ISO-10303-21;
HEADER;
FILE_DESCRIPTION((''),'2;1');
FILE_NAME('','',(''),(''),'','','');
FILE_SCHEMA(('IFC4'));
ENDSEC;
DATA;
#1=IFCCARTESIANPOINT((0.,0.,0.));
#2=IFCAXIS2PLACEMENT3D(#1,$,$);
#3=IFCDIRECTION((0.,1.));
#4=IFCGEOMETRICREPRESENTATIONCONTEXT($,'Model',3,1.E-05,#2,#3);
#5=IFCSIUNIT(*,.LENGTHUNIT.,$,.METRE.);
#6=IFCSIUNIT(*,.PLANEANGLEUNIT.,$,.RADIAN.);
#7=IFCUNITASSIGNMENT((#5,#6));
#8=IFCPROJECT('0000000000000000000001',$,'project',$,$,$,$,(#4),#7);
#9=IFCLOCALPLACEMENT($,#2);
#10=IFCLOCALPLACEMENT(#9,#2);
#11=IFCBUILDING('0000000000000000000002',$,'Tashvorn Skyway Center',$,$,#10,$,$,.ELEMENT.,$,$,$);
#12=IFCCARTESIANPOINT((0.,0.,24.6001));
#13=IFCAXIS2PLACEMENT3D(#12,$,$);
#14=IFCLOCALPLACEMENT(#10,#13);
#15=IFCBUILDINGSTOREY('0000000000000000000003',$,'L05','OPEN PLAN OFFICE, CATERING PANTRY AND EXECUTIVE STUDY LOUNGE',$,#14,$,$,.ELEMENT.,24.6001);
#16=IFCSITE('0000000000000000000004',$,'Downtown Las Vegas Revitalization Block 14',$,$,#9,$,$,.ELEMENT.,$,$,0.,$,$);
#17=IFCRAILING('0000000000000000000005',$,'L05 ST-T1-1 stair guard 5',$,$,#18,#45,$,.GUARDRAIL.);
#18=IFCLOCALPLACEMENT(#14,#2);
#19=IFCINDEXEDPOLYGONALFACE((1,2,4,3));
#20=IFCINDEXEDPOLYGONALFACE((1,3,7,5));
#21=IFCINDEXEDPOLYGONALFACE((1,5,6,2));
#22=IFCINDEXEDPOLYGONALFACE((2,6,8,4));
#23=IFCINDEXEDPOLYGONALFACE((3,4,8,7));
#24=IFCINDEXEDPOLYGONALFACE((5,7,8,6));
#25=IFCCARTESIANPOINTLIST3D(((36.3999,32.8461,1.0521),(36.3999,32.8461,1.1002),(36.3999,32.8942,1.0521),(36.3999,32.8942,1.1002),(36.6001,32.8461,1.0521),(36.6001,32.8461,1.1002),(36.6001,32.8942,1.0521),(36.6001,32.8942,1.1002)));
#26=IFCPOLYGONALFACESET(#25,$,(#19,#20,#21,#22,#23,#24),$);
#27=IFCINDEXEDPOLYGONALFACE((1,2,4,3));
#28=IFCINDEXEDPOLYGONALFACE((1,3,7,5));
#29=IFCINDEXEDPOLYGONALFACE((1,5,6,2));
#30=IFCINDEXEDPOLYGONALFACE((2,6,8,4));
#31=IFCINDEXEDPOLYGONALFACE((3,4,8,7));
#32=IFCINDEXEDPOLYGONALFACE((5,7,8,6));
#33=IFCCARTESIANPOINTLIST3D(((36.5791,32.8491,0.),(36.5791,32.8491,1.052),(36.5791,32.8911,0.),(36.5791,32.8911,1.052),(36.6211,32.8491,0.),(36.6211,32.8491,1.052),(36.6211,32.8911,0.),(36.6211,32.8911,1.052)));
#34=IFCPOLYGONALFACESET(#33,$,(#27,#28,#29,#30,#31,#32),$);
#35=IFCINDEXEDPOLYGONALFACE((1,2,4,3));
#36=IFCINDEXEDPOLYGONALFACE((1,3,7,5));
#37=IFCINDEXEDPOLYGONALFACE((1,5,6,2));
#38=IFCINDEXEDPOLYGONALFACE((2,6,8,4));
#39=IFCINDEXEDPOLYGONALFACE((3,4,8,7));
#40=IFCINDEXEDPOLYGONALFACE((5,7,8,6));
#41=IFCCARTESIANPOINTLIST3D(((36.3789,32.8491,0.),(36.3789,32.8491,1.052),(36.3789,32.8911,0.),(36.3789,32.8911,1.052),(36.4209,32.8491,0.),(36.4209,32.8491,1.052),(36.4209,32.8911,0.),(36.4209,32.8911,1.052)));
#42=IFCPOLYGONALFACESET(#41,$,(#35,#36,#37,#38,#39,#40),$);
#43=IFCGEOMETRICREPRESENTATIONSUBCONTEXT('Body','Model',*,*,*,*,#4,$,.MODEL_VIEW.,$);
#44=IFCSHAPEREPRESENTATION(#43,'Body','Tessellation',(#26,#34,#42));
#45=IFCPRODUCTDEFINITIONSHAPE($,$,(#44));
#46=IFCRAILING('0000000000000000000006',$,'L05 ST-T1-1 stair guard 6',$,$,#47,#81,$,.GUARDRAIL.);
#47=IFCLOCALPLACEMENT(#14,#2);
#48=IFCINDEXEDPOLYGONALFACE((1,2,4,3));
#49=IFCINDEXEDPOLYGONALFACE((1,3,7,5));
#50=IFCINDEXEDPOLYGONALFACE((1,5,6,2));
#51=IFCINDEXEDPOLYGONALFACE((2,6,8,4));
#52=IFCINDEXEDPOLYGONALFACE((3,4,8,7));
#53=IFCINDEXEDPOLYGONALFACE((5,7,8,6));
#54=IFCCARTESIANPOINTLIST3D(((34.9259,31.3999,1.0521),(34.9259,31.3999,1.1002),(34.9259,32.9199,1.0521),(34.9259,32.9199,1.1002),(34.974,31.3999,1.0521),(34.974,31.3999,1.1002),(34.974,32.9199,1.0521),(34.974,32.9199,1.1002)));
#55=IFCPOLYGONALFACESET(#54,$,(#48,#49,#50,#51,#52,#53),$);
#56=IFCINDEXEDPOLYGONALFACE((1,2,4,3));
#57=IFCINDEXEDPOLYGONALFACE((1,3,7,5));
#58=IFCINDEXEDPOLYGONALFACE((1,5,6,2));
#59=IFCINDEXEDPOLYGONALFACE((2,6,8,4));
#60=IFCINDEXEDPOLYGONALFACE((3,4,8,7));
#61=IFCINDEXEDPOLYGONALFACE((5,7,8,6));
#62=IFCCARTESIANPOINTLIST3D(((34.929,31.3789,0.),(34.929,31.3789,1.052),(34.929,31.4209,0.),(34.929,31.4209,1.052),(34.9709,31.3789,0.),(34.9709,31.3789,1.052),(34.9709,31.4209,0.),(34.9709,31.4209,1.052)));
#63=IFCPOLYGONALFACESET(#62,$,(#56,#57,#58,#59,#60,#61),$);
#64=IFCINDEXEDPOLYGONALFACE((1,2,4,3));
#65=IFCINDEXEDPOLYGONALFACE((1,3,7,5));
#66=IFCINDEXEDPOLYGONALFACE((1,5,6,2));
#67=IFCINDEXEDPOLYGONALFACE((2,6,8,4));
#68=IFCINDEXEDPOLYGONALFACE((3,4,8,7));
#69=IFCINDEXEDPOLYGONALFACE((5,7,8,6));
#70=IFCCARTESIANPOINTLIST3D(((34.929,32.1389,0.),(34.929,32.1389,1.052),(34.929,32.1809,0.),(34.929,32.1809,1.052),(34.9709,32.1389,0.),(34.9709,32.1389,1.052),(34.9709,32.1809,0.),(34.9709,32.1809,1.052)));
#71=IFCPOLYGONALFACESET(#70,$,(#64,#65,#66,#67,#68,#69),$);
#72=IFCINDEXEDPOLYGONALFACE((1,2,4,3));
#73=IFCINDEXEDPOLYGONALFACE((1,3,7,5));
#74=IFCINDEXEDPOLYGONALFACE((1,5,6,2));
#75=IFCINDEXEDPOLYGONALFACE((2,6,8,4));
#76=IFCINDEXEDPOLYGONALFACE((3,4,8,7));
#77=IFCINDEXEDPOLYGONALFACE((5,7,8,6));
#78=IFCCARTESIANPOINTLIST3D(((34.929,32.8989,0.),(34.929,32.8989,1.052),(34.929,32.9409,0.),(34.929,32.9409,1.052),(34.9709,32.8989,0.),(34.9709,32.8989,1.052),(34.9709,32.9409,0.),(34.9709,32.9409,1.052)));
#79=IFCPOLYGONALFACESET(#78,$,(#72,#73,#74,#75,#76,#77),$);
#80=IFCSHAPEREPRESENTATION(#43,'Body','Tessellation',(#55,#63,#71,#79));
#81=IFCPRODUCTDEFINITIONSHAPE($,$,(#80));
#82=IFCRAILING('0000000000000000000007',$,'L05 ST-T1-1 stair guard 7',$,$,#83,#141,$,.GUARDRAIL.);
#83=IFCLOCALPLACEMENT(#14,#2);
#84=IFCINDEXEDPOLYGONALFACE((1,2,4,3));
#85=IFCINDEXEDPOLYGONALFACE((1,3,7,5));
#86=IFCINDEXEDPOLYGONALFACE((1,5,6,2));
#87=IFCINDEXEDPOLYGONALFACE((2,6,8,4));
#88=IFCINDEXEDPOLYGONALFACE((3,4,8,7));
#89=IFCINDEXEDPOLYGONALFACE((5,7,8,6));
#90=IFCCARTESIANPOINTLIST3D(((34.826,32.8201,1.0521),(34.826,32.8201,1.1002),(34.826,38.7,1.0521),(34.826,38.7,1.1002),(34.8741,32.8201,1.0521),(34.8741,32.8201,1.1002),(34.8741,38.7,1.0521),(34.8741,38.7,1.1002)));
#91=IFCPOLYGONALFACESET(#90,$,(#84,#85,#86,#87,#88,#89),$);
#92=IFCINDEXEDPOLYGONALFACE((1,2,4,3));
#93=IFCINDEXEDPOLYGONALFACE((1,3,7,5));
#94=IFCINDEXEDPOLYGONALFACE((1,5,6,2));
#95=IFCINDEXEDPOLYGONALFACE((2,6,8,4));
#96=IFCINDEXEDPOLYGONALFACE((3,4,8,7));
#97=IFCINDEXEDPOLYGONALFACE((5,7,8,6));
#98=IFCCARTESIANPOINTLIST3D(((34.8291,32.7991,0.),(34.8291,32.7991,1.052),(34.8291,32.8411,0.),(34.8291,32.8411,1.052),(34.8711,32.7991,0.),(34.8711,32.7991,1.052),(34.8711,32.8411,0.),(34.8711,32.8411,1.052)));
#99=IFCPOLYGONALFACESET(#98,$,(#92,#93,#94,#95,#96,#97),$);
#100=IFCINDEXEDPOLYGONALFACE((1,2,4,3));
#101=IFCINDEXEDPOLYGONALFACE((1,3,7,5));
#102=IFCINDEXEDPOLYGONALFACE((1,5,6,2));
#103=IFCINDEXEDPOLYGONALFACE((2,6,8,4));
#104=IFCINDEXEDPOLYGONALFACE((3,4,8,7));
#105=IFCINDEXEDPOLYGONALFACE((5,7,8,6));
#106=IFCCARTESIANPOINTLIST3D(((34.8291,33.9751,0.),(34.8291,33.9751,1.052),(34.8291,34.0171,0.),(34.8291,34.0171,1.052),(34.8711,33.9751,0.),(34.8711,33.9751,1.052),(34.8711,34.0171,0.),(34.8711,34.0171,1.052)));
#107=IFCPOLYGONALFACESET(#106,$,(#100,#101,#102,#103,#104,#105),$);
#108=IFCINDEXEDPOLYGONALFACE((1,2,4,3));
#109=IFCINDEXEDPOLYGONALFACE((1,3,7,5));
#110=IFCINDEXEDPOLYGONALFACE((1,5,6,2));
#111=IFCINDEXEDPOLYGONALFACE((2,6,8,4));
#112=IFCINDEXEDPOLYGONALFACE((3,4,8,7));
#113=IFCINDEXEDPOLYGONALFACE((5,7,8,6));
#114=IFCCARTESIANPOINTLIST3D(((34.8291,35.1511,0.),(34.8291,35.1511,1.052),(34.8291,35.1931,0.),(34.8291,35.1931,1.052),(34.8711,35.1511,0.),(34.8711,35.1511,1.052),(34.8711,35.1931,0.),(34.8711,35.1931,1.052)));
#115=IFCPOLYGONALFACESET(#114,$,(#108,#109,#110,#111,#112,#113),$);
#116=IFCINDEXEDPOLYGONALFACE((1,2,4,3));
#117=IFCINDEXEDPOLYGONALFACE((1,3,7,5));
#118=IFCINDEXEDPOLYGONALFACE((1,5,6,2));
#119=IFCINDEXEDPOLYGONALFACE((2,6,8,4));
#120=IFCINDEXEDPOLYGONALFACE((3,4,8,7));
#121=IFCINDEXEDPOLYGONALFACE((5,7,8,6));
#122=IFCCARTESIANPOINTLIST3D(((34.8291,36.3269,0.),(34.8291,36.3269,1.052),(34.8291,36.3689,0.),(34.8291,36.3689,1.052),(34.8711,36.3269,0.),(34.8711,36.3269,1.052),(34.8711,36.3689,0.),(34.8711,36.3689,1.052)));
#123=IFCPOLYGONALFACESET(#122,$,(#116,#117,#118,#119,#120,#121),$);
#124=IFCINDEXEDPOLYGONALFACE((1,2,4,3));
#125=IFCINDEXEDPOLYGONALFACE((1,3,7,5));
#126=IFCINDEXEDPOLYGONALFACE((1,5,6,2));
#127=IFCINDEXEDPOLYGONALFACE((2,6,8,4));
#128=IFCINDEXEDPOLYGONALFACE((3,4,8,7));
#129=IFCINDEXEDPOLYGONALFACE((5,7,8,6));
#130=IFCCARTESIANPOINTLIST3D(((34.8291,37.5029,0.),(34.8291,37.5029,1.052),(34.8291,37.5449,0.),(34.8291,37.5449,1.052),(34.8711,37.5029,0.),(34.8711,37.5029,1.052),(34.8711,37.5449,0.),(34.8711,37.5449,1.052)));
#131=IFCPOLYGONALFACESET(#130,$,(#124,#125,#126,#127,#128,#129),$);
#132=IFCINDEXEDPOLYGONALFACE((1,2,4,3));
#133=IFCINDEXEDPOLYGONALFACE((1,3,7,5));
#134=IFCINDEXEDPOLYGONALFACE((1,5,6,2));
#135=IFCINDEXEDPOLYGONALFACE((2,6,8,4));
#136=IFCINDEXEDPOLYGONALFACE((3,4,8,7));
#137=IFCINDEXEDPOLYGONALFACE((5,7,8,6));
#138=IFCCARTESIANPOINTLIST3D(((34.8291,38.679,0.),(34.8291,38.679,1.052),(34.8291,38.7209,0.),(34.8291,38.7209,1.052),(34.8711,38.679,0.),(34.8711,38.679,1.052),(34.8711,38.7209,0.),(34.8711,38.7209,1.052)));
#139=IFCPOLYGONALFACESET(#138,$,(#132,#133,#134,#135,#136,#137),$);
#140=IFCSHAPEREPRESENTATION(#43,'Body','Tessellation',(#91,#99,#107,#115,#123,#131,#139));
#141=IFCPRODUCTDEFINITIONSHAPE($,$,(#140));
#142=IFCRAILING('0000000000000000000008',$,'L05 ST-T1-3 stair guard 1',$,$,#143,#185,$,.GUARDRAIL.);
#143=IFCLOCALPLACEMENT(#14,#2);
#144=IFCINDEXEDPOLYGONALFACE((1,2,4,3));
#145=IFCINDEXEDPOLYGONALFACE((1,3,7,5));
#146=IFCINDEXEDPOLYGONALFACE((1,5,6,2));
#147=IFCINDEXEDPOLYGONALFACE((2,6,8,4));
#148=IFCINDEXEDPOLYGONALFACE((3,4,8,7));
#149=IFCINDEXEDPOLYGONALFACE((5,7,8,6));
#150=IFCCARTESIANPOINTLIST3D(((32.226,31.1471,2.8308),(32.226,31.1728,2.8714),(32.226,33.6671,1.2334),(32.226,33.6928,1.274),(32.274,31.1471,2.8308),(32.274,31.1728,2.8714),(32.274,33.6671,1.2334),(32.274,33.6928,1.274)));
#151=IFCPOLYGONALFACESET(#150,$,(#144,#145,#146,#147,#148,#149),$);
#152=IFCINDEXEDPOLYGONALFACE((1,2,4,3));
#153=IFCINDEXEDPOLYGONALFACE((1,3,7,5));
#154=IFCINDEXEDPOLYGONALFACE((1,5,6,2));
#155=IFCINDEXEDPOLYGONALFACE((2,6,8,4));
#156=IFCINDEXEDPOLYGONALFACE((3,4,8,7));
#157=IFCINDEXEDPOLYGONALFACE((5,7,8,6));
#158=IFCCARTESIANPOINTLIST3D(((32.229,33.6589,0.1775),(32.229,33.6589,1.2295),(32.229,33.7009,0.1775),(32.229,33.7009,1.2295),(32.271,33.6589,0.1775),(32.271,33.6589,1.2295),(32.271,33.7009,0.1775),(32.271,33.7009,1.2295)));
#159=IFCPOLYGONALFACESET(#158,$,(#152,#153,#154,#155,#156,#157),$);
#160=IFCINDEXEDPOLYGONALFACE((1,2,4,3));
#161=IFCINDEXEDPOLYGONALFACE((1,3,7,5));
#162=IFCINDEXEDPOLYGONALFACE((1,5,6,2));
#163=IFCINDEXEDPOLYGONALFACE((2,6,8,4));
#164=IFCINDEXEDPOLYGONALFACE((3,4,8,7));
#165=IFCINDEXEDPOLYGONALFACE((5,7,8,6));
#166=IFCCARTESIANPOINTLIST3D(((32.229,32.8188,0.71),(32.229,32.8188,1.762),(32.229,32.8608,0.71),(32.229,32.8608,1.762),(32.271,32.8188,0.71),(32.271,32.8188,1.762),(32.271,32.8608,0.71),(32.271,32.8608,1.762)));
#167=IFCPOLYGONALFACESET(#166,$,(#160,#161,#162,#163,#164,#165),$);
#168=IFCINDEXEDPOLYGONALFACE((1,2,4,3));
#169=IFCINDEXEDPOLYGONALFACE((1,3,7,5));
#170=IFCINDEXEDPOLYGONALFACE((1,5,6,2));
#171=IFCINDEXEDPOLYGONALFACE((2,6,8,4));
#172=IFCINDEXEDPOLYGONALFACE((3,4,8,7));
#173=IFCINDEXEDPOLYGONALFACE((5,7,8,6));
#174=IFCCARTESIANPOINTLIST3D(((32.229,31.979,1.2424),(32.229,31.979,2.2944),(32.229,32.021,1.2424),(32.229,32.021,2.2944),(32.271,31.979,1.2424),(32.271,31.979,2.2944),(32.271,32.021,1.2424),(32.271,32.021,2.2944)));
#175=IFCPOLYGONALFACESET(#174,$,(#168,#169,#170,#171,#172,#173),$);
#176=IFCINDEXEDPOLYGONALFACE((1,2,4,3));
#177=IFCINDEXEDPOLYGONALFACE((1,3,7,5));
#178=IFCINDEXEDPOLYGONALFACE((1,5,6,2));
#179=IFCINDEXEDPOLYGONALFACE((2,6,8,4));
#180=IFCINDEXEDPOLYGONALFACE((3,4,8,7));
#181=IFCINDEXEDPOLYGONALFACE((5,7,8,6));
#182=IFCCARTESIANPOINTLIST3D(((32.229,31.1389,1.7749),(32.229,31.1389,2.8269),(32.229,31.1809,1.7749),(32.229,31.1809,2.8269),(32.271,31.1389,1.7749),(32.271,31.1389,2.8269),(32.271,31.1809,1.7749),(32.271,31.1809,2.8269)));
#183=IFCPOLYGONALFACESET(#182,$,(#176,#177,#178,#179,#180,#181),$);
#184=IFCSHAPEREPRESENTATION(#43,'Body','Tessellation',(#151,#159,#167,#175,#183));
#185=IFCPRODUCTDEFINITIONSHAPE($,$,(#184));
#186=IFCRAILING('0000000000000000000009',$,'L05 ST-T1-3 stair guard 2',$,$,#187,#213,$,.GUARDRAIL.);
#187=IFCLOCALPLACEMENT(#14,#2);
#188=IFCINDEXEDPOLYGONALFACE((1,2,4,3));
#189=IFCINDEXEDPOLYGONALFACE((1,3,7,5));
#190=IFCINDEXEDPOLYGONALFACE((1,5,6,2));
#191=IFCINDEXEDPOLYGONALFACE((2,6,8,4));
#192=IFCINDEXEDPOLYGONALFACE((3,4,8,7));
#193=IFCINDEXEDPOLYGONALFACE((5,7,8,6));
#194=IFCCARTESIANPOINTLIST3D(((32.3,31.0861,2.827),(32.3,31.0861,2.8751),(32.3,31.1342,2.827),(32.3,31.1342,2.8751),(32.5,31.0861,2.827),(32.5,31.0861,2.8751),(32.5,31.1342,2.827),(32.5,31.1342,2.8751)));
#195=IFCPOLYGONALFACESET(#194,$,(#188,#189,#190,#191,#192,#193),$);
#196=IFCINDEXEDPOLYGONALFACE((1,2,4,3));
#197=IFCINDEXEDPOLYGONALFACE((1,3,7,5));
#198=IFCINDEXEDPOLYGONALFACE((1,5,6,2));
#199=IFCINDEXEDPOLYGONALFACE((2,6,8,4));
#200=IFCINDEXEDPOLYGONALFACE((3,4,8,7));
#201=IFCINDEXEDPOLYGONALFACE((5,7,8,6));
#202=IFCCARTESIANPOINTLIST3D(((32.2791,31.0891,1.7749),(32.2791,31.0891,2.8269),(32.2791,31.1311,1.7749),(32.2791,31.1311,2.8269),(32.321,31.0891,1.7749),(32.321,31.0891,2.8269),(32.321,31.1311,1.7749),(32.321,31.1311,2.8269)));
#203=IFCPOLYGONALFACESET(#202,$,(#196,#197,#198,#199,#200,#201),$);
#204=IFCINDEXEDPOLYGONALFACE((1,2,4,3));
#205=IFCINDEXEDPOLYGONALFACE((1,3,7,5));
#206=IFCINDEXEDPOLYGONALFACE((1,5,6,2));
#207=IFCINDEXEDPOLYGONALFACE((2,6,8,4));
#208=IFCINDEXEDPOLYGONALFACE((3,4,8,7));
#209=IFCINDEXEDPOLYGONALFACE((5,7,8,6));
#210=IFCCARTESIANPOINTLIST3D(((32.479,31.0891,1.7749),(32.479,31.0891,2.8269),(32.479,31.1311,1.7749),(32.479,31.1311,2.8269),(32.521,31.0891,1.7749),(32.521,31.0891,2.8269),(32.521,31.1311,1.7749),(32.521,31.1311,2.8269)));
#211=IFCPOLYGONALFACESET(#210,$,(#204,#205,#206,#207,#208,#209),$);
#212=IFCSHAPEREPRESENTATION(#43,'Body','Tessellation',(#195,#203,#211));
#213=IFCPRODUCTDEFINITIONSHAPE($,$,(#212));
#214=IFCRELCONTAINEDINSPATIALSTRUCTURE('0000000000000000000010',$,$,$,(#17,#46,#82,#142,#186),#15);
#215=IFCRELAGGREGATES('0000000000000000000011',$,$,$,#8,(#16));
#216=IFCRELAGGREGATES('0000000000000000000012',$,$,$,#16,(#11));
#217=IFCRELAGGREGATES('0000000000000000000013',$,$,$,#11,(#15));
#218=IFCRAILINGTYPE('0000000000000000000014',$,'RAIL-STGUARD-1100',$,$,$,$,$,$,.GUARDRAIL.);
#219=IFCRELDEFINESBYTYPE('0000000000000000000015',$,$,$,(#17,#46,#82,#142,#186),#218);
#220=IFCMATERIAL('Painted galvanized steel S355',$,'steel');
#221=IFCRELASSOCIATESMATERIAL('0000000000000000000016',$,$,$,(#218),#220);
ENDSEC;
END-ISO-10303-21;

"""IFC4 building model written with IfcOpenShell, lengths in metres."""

from ifc_helpers import new_model, si_unit, direction, frame, origin, origin_2d, place, context, subcontext, project, spatial, rectangle, extrude, material, type_object, element, save


model = new_model("IFC4")

# Units and contexts
model_context = context("Model", 3, precision=1e-05, world=origin(), true_north=direction((0.0, 1.0)))
body_context = subcontext(model_context, "Body", "Model", "MODEL_VIEW")
ifc_project = project(units=[si_unit("LENGTHUNIT", "METRE"), si_unit("PLANEANGLEUNIT", "RADIAN")], contexts=[model_context])

# Site, building, storey
site_placement = place(None, origin())
site = spatial("IfcSite", under=ifc_project, at=site_placement, Name="Downtown Las Vegas Revitalization Block 14", CompositionType="ELEMENT", RefElevation=0.0)
building_placement = place(site_placement, origin())
building = spatial("IfcBuilding", under=site, at=building_placement, Name="Tashvorn Skyway Center", CompositionType="ELEMENT")
storey_placement = place(building_placement, frame((0.0, 0.0, 24.6001)))
storey = spatial("IfcBuildingStorey", under=building, at=storey_placement, Name="L05", Description="OPEN PLAN OFFICE, CATERING PANTRY AND EXECUTIVE STUDY LOUNGE", CompositionType="ELEMENT", Elevation=24.6001)

# Railings
ifc_material_1 = material(Name="Painted galvanized steel S355", Category="steel")
railing_type_1 = type_object("IfcRailingType", Name="RAIL-STGUARD-1100", PredefinedType="GUARDRAIL", material=ifc_material_1)
railing_1_placement = place(storey_placement, frame((36.6001, 32.8701, 0.0)))
element("IfcRailing", 1, at=railing_1_placement, inside=storey, type_object=railing_type_1, Name="L05 ST-T1-1 stair guard 5", PredefinedType="GUARDRAIL", context=body_context, shape_type="SweptSolid", body=[
    extrude(rectangle(XDim=0.0481, YDim=0.0481, at=origin_2d()), frame((0.0, 0.0, 1.0762), z_axis=(-1.0, 0.0, 0.0), x_axis=(0.0, -1.0, 0.0)), (0.0, 0.0, 1.0), 0.2002),
    extrude(rectangle(XDim=0.042, YDim=0.042, at=origin_2d()), origin(), (0.0, 0.0, 1.0), 1.052),
    extrude(rectangle(XDim=0.042, YDim=0.042, at=origin_2d()), frame((-0.2002, 0.0, 0.0)), (0.0, 0.0, 1.0), 1.052),
])
railing_2_placement = place(storey_placement, frame((34.95, 31.3999, 0.0)))
element("IfcRailing", 2, at=railing_2_placement, inside=storey, type_object=railing_type_1, Name="L05 ST-T1-1 stair guard 6", PredefinedType="GUARDRAIL", context=body_context, shape_type="SweptSolid", body=[
    extrude(rectangle(XDim=0.0481, YDim=0.0481, at=origin_2d()), frame((0.0, 0.0, 1.0762), z_axis=(0.0, 1.0, 0.0), x_axis=(-1.0, 0.0, 0.0)), (0.0, 0.0, 1.0), 1.52),
    extrude(rectangle(XDim=0.042, YDim=0.042, at=origin_2d()), origin(), (0.0, 0.0, 1.0), 1.052),
    extrude(rectangle(XDim=0.042, YDim=0.042, at=origin_2d()), frame((0.0, 0.76, 0.0)), (0.0, 0.0, 1.0), 1.052),
    extrude(rectangle(XDim=0.042, YDim=0.042, at=origin_2d()), frame((0.0, 1.52, 0.0)), (0.0, 0.0, 1.0), 1.052),
])
railing_3_placement = place(storey_placement, frame((34.8501, 32.8201, 0.0)))
element("IfcRailing", 3, at=railing_3_placement, inside=storey, type_object=railing_type_1, Name="L05 ST-T1-1 stair guard 7", PredefinedType="GUARDRAIL", context=body_context, shape_type="SweptSolid", body=[
    extrude(rectangle(XDim=0.0481, YDim=0.0481, at=origin_2d()), frame((0.0, 0.0, 1.0762), z_axis=(0.0, 1.0, 0.0), x_axis=(-1.0, 0.0, 0.0)), (0.0, 0.0, 1.0), 5.8799),
    extrude(rectangle(XDim=0.042, YDim=0.042, at=origin_2d()), origin(), (0.0, 0.0, 1.0), 1.052),
    extrude(rectangle(XDim=0.042, YDim=0.042, at=origin_2d()), frame((0.0, 1.176, 0.0)), (0.0, 0.0, 1.0), 1.052),
    extrude(rectangle(XDim=0.042, YDim=0.042, at=origin_2d()), frame((0.0, 2.3521, 0.0)), (0.0, 0.0, 1.0), 1.052),
    extrude(rectangle(XDim=0.042, YDim=0.042, at=origin_2d()), frame((0.0, 3.5278, 0.0)), (0.0, 0.0, 1.0), 1.052),
    extrude(rectangle(XDim=0.042, YDim=0.042, at=origin_2d()), frame((0.0, 4.7039, 0.0)), (0.0, 0.0, 1.0), 1.052),
    extrude(rectangle(XDim=0.042, YDim=0.042, at=origin_2d()), frame((0.0, 5.8799, 0.0)), (0.0, 0.0, 1.0), 1.052),
])
railing_4_placement = place(storey_placement, frame((32.25, 33.6799, 0.1775)))
element("IfcRailing", 4, at=railing_4_placement, inside=storey, type_object=railing_type_1, Name="L05 ST-T1-3 stair guard 1", PredefinedType="GUARDRAIL", context=body_context, shape_type="SweptSolid", body=[
    extrude(rectangle(XDim=0.0481, YDim=0.0481, at=origin_2d()), frame((0.0, 0.0, 1.0762), z_axis=(0.0, -0.844607, 0.535387), x_axis=(1.0, 0.0, 0.0)), (0.0, 0.0, 1.0), 2.9836),
    extrude(rectangle(XDim=0.042, YDim=0.042, at=origin_2d()), origin(), (0.0, 0.0, 1.0), 1.052),
    extrude(rectangle(XDim=0.042, YDim=0.042, at=origin_2d()), frame((0.0, -0.8401, 0.5325)), (0.0, 0.0, 1.0), 1.052),
    extrude(rectangle(XDim=0.042, YDim=0.042, at=origin_2d()), frame((0.0, -1.6799, 1.0649)), (0.0, 0.0, 1.0), 1.052),
    extrude(rectangle(XDim=0.042, YDim=0.042, at=origin_2d()), frame((0.0, -2.52, 1.5974)), (0.0, 0.0, 1.0), 1.052),
])
railing_5_placement = place(storey_placement, frame((32.3, 31.1101, 1.7749)))
element("IfcRailing", 5, at=railing_5_placement, inside=storey, type_object=railing_type_1, Name="L05 ST-T1-3 stair guard 2", PredefinedType="GUARDRAIL", context=body_context, shape_type="SweptSolid", body=[
    extrude(rectangle(XDim=0.0481, YDim=0.0481, at=origin_2d()), frame((0.0, 0.0, 1.0762), z_axis=(1.0, 0.0, 0.0), x_axis=(0.0, 1.0, 0.0)), (0.0, 0.0, 1.0), 0.2),
    extrude(rectangle(XDim=0.042, YDim=0.042, at=origin_2d()), origin(), (0.0, 0.0, 1.0), 1.052),
    extrude(rectangle(XDim=0.042, YDim=0.042, at=origin_2d()), frame((0.2, 0.0, 0.0)), (0.0, 0.0, 1.0), 1.052),
])

save(model, "model.ifc")
